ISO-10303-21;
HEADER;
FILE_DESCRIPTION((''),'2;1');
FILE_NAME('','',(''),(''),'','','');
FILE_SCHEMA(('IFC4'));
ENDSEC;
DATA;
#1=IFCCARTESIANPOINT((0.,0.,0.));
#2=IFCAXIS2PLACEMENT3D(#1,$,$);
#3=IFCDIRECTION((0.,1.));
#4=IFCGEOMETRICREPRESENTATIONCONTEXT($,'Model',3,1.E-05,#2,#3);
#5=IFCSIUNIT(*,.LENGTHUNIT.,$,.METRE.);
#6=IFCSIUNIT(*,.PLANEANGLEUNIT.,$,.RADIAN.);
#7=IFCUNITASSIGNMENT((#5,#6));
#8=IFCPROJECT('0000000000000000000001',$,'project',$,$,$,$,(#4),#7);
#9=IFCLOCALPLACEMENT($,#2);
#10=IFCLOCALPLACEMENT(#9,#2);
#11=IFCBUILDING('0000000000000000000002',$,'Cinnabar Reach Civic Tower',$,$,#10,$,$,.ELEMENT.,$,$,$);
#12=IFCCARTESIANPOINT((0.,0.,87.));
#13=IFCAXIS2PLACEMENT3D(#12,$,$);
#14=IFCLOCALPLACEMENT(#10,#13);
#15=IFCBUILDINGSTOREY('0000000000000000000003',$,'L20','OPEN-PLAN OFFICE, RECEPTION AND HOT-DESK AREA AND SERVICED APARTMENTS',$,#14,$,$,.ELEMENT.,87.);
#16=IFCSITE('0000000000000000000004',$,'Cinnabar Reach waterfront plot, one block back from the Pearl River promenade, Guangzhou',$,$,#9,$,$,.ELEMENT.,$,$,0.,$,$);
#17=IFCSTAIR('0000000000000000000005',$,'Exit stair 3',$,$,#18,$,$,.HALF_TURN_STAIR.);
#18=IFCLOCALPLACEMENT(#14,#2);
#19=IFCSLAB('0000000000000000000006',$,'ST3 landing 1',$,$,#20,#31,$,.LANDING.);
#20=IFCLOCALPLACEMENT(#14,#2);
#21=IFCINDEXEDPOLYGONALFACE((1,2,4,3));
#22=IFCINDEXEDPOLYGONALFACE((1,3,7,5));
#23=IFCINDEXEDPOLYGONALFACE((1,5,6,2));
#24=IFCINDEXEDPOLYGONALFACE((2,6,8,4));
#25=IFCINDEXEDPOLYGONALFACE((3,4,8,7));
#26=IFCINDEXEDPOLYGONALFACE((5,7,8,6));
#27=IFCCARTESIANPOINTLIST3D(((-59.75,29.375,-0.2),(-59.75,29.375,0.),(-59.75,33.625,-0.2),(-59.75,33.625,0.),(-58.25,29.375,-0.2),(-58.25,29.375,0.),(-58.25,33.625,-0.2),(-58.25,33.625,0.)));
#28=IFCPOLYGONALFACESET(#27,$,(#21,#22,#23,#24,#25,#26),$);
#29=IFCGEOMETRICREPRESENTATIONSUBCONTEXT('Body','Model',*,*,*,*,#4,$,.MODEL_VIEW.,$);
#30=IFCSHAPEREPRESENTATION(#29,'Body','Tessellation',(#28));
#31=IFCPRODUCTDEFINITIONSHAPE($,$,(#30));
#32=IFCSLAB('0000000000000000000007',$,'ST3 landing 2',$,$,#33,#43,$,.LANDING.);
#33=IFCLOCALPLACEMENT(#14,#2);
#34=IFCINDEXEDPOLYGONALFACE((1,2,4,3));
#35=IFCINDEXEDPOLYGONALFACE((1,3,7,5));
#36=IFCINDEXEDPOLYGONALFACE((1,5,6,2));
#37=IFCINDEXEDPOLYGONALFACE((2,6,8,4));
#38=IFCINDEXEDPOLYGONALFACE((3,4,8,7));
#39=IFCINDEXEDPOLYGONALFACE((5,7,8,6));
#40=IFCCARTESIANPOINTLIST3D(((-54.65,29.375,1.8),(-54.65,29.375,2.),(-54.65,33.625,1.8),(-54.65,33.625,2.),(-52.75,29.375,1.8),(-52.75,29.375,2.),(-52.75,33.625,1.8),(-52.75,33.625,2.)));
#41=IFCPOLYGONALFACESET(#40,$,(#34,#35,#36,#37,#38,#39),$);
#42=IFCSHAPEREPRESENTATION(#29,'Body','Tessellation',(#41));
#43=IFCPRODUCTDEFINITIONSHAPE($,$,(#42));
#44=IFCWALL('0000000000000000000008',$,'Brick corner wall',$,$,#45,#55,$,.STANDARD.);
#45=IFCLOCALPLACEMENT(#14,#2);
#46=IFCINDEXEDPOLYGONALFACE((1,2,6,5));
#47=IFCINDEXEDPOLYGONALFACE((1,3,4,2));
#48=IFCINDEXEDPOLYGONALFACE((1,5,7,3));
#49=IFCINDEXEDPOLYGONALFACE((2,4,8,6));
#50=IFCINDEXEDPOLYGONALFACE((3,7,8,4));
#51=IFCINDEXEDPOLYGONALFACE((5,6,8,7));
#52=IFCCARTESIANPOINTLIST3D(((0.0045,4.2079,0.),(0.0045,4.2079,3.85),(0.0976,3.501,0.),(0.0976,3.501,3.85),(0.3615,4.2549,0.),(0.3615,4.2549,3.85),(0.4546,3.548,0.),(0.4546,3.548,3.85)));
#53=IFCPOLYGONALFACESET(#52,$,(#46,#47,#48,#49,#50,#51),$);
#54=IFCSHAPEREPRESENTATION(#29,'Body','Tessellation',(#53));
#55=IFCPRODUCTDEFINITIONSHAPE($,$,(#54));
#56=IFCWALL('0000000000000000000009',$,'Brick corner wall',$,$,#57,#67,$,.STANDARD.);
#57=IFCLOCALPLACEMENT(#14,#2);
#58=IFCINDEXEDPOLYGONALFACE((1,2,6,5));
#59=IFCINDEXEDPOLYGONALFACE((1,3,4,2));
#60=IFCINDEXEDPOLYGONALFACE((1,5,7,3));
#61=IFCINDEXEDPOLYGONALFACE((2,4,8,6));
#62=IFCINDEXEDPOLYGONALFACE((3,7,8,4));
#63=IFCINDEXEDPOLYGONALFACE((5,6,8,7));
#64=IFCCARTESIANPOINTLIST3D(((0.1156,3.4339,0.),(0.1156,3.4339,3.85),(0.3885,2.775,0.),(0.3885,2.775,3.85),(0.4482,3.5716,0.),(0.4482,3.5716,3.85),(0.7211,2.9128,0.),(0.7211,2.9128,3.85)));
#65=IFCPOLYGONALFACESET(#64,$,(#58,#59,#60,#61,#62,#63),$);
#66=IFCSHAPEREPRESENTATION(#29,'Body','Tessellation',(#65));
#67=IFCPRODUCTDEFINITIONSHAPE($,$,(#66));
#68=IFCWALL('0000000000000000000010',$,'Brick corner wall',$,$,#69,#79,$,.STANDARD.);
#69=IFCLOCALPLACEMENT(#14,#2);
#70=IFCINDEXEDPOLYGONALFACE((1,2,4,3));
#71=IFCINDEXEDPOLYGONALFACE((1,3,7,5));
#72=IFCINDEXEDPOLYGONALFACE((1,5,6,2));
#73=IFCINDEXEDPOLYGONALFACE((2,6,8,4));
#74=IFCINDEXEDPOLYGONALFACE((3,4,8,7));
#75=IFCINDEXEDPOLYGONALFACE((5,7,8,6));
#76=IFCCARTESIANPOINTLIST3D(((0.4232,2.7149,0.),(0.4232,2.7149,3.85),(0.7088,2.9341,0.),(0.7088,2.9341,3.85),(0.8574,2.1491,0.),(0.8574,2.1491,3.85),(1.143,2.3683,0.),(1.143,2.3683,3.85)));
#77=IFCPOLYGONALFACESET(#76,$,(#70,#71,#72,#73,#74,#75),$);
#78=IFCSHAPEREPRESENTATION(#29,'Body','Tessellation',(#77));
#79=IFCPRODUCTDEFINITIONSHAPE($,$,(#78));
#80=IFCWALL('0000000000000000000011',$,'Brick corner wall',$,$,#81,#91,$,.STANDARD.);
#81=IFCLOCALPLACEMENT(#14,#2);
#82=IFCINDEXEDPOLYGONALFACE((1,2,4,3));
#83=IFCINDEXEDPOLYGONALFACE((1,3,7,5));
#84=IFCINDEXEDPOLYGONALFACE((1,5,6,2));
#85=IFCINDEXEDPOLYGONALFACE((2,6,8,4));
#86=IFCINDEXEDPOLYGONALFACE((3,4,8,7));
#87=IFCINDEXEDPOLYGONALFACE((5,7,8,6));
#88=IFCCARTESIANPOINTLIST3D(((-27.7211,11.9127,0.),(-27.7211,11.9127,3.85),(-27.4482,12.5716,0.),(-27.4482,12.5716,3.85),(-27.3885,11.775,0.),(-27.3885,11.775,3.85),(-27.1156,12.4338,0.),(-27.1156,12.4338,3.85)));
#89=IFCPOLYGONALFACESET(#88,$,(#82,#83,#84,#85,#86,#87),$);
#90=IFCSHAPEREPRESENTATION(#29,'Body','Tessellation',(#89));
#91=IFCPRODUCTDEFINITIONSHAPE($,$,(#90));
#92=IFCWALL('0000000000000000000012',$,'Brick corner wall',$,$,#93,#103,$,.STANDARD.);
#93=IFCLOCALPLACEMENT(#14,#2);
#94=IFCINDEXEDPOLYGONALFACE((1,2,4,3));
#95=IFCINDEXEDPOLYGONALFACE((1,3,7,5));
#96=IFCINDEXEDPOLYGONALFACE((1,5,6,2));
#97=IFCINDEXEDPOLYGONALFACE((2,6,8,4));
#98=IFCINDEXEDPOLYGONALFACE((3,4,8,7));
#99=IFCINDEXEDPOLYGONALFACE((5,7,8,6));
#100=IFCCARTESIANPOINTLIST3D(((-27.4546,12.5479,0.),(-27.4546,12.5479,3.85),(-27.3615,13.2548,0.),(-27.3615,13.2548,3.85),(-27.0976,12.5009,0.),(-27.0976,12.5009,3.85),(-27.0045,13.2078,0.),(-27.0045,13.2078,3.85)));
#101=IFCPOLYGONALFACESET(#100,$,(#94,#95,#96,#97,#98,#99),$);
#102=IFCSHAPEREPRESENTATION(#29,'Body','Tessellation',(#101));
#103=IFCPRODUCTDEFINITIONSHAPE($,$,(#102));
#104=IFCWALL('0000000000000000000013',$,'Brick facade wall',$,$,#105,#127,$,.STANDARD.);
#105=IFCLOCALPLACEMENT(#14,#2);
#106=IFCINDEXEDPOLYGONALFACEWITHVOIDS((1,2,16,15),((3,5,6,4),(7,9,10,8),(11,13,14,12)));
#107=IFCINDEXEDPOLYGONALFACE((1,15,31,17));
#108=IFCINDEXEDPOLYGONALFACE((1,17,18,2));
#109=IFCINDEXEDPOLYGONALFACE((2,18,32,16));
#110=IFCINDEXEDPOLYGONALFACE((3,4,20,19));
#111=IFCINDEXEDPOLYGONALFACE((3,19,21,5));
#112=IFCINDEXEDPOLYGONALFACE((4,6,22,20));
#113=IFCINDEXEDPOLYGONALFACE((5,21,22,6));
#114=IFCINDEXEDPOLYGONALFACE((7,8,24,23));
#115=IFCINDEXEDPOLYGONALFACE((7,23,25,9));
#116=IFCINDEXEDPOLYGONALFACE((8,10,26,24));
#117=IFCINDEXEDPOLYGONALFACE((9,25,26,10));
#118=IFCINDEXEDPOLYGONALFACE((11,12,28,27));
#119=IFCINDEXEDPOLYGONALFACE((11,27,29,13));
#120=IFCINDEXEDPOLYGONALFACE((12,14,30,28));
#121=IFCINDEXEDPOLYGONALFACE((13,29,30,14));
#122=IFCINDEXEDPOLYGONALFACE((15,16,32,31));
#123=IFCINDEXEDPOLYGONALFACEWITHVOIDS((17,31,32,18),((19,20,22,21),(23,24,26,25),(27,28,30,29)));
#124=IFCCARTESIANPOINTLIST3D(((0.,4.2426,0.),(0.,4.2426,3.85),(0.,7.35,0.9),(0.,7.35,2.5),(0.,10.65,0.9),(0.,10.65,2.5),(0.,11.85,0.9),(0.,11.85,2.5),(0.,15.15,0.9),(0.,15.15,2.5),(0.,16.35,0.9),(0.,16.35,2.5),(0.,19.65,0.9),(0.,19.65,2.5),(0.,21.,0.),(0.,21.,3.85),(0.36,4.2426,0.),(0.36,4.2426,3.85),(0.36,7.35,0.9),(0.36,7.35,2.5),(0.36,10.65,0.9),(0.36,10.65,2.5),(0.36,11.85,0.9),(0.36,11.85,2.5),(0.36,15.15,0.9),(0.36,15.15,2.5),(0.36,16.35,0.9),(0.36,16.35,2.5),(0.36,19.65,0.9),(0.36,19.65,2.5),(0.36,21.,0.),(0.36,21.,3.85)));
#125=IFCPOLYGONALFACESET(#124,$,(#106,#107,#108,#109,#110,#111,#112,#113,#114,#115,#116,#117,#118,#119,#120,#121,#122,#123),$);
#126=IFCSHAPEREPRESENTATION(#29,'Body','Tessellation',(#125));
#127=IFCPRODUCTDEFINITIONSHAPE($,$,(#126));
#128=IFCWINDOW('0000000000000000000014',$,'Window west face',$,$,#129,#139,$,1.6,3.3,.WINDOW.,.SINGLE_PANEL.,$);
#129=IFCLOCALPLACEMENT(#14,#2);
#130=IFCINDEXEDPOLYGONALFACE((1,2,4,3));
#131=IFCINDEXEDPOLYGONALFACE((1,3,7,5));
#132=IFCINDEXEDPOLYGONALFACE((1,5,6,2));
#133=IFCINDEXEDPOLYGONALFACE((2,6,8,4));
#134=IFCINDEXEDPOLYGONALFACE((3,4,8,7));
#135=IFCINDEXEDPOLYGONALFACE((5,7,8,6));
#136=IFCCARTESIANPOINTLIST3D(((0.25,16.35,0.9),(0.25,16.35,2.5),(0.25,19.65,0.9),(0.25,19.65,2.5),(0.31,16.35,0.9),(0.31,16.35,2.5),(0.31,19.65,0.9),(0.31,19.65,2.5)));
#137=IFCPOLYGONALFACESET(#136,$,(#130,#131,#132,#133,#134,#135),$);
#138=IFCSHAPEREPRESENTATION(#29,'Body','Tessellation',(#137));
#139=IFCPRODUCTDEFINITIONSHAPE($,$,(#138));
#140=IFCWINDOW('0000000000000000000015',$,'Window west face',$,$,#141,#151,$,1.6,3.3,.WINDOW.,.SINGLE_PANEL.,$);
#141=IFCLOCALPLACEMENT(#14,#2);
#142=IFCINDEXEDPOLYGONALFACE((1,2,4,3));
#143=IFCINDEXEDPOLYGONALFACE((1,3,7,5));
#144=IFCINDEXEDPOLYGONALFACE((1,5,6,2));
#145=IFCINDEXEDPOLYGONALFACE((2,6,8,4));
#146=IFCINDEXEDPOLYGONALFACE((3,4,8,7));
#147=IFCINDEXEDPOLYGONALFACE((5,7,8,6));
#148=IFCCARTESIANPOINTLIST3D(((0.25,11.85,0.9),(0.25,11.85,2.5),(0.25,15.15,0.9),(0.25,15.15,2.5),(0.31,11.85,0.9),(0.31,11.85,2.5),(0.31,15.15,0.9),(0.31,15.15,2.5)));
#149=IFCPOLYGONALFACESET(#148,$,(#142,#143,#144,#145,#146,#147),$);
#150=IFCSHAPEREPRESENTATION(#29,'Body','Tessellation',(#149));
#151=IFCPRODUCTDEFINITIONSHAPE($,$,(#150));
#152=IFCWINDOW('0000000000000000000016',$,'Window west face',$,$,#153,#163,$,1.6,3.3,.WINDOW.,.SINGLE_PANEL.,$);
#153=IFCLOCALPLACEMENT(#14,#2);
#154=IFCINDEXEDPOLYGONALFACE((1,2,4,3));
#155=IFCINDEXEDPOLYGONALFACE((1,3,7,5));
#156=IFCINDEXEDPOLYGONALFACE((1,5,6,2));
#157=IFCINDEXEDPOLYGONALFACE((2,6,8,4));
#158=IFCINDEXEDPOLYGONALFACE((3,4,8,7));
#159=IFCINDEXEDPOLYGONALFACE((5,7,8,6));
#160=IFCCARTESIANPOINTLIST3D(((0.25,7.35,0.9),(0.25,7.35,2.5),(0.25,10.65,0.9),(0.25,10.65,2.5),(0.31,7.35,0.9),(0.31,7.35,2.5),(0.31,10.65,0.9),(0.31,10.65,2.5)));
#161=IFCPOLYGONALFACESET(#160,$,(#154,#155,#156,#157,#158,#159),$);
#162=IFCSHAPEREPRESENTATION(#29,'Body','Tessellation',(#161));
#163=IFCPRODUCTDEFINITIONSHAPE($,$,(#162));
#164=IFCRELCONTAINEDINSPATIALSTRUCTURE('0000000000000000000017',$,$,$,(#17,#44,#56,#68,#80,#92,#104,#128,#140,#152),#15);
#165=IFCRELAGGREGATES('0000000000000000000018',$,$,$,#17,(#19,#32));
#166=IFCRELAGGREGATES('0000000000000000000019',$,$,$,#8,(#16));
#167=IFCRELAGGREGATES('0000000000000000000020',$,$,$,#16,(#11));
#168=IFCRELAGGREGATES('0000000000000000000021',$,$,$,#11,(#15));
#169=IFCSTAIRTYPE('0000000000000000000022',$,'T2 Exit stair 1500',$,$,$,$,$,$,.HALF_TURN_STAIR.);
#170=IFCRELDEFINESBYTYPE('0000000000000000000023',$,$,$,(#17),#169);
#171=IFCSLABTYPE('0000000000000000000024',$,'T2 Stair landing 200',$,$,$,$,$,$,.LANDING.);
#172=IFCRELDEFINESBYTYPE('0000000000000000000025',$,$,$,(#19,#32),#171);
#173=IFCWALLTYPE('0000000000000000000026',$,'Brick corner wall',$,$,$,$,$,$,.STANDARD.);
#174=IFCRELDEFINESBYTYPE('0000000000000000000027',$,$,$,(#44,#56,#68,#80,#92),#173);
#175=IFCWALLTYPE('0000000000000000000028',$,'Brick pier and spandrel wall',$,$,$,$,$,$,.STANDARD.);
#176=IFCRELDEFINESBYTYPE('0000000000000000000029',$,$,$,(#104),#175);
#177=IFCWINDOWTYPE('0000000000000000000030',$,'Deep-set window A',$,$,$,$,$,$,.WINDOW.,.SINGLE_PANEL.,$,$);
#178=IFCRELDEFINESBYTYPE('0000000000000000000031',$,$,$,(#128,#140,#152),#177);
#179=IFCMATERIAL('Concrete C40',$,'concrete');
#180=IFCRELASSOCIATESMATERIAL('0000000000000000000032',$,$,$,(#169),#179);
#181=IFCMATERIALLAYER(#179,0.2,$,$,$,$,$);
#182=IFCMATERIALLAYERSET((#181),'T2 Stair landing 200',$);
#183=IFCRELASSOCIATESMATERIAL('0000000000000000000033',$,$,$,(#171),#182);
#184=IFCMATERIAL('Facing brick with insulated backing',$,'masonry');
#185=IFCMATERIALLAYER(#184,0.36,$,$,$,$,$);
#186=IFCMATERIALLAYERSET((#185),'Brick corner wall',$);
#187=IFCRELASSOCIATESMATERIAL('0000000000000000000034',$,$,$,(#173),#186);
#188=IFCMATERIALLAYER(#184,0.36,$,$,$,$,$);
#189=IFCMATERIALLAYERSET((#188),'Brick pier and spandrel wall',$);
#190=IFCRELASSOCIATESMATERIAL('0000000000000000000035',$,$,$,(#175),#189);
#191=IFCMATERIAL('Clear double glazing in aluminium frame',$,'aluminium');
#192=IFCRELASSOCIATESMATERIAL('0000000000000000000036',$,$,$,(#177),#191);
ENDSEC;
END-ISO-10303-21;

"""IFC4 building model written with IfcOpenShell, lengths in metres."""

from ifc_helpers import new_model, si_unit, direction, frame, frame_2d, origin, place, context, subcontext, project, spatial, polyline, rectangle, outline, extrude, material, layer, layer_set, type_object, element, fill, aggregate, save


model = new_model("IFC4")

# Units and contexts
model_context = context("Model", 3, precision=1e-05, world=origin(), true_north=direction((0.0, 1.0)))
body_context = subcontext(model_context, "Body", "Model", "MODEL_VIEW")
ifc_project = project(units=[si_unit("LENGTHUNIT", "METRE"), si_unit("PLANEANGLEUNIT", "RADIAN")], contexts=[model_context])

# Site, building, storey
site_placement = place(None, origin())
site = spatial("IfcSite", under=ifc_project, at=site_placement, Name="Cinnabar Reach waterfront plot, one block back from the Pearl River promenade, Guangzhou", CompositionType="ELEMENT", RefElevation=0.0)
building_placement = place(site_placement, origin())
building = spatial("IfcBuilding", under=site, at=building_placement, Name="Cinnabar Reach Civic Tower", CompositionType="ELEMENT")
storey_placement = place(building_placement, frame((0.0, 0.0, 87.0)))
storey = spatial("IfcBuildingStorey", under=building, at=storey_placement, Name="L20", Description="OPEN-PLAN OFFICE, RECEPTION AND HOT-DESK AREA AND SERVICED APARTMENTS", CompositionType="ELEMENT", Elevation=87.0)

# Shared definitions
ifc_material_1 = material(Name="Concrete C40", Category="concrete")

# Stair, slabs
stair_type_1 = type_object("IfcStairType", Name="T2 Exit stair 1500", PredefinedType="HALF_TURN_STAIR", material=ifc_material_1)
ifc_layer_1 = layer(ifc_material_1, 0.2)
ifc_layer_set_1 = layer_set([ifc_layer_1], Name="T2 Stair landing 200")
slab_type_1 = type_object("IfcSlabType", Name="T2 Stair landing 200", PredefinedType="LANDING", material=ifc_layer_set_1)
stair_1_placement = place(storey_placement, origin())
stair_1 = element("IfcStair", 1, at=stair_1_placement, inside=storey, type_object=stair_type_1, Name="Exit stair 3", PredefinedType="HALF_TURN_STAIR")
slab_1_placement = place(storey_placement, frame((0.0, 0.0, -0.2)))
slab_1 = element("IfcSlab", 2, at=slab_1_placement, type_object=slab_type_1, Name="ST3 landing 1", PredefinedType="LANDING", context=body_context, shape_type="SweptSolid", body=[
    extrude(outline(polyline([(-59.75, 29.375), (-59.75, 33.625), (-58.25, 33.625), (-58.25, 29.375), (-59.75, 29.375)])), origin(), (0.0, 0.0, 1.0), 0.2),
])
slab_2_placement = place(storey_placement, frame((0.0, 0.0, 1.8)))
slab_2 = element("IfcSlab", 3, at=slab_2_placement, type_object=slab_type_1, Name="ST3 landing 2", PredefinedType="LANDING", context=body_context, shape_type="SweptSolid", body=[
    extrude(outline(polyline([(-54.65, 29.375), (-54.65, 33.625), (-52.75, 33.625), (-52.75, 29.375), (-54.65, 29.375)])), origin(), (0.0, 0.0, 1.0), 0.2),
])
aggregate(stair_1, [slab_1, slab_2])

# Walls
ifc_material_2 = material(Name="Facing brick with insulated backing", Category="masonry")
ifc_layer_2 = layer(ifc_material_2, 0.36)
ifc_layer_set_2 = layer_set([ifc_layer_2], Name="Brick corner wall")
wall_type_1 = type_object("IfcWallType", Name="Brick corner wall", PredefinedType="STANDARD", material=ifc_layer_set_2)
for number, where, z_axis, x_axis, name in (
    (4, (0.183, 4.2314, 0.0), (0.0, 0.0, 1.0), (0.130556, -0.991441, 0.0), "Brick corner wall"),
    (5, (0.2819, 3.5027, 0.0), (0.0, 0.0, 1.0), (0.382703, -0.923872, 0.0), "Brick corner wall"),
):
    element("IfcWall", number, at=place(storey_placement, frame(where, z_axis=z_axis, x_axis=x_axis)), inside=storey, type_object=wall_type_1, Name=name, PredefinedType="STANDARD", context=body_context, shape_type="SweptSolid", body=[
        extrude(rectangle(XDim=0.7131, YDim=0.36, at=frame_2d((0.3565, 0.0))), origin(), (0.0, 0.0, 1.0), 3.85),
    ])
wall_1_placement = place(storey_placement, frame((0.566, 2.8245, 0.0), z_axis=(0.0, 0.0, 1.0), x_axis=(0.608802, -0.793322, 0.0)))
element("IfcWall", 6, at=wall_1_placement, inside=storey, type_object=wall_type_1, Name="Brick corner wall", PredefinedType="STANDARD", context=body_context, shape_type="SweptSolid", body=[
    extrude(rectangle(XDim=0.7132, YDim=0.36, at=frame_2d((0.3566, 0.0))), origin(), (0.0, 0.0, 1.0), 3.85),
])
for number, where, z_axis, x_axis, name in (
    (7, (-27.5548, 11.8439, 0.0), (0.0, 0.0, 1.0), (0.382703, 0.923872, 0.0), "Brick corner wall"),
    (8, (-27.2761, 12.5244, 0.0), (0.0, 0.0, 1.0), (0.130556, 0.991441, 0.0), "Brick corner wall"),
):
    element("IfcWall", number, at=place(storey_placement, frame(where, z_axis=z_axis, x_axis=x_axis)), inside=storey, type_object=wall_type_1, Name=name, PredefinedType="STANDARD", context=body_context, shape_type="SweptSolid", body=[
        extrude(rectangle(XDim=0.7131, YDim=0.36, at=frame_2d((0.3565, 0.0))), origin(), (0.0, 0.0, 1.0), 3.85),
    ])

# Wall, openings, windows
ifc_layer_3 = layer(ifc_material_2, 0.36)
ifc_layer_set_3 = layer_set([ifc_layer_3], Name="Brick pier and spandrel wall")
wall_type_2 = type_object("IfcWallType", Name="Brick pier and spandrel wall", PredefinedType="STANDARD", material=ifc_layer_set_3)
wall_2_placement = place(storey_placement, frame((0.18, 21.0, 0.0), z_axis=(0.0, 0.0, 1.0), x_axis=(0.0, -1.0, 0.0)))
wall_2 = element("IfcWall", 9, at=wall_2_placement, inside=storey, type_object=wall_type_2, Name="Brick facade wall", PredefinedType="STANDARD", context=body_context, shape_type="SweptSolid", body=[
    extrude(rectangle(XDim=16.7574, YDim=0.36, at=frame_2d((8.3787, 0.0))), origin(), (0.0, 0.0, 1.0), 3.85),
])
opening_1_placement = place(wall_2_placement, frame((1.35, 0.0, 0.9)))
opening_1 = element("IfcOpeningElement", 10, at=opening_1_placement, cuts=wall_2, PredefinedType="OPENING", context=body_context, shape_type="SweptSolid", body=[
    extrude(rectangle(XDim=3.3, YDim=1.6, at=frame_2d((1.65, 0.8))), frame((0.0, 0.19, 0.0), z_axis=(0.0, -1.0, 0.0), x_axis=(1.0, 0.0, 0.0)), (0.0, 0.0, 1.0), 0.38),
])
opening_2_placement = place(wall_2_placement, frame((5.85, 0.0, 0.9)))
opening_2 = element("IfcOpeningElement", 11, at=opening_2_placement, cuts=wall_2, PredefinedType="OPENING", context=body_context, shape_type="SweptSolid", body=[
    extrude(rectangle(XDim=3.3, YDim=1.6, at=frame_2d((1.65, 0.8))), frame((0.0, 0.19, 0.0), z_axis=(0.0, -1.0, 0.0), x_axis=(1.0, 0.0, 0.0)), (0.0, 0.0, 1.0), 0.38),
])
opening_3_placement = place(wall_2_placement, frame((10.35, 0.0, 0.9)))
opening_3 = element("IfcOpeningElement", 12, at=opening_3_placement, cuts=wall_2, PredefinedType="OPENING", context=body_context, shape_type="SweptSolid", body=[
    extrude(rectangle(XDim=3.3, YDim=1.6, at=frame_2d((1.65, 0.8))), frame((0.0, 0.19, 0.0), z_axis=(0.0, -1.0, 0.0), x_axis=(1.0, 0.0, 0.0)), (0.0, 0.0, 1.0), 0.38),
])
ifc_material_3 = material(Name="Clear double glazing in aluminium frame", Category="aluminium")
window_type = type_object("IfcWindowType", Name="Deep-set window A", PartitioningType="SINGLE_PANEL", PredefinedType="WINDOW", material=ifc_material_3)
window_1_placement = place(opening_1_placement, origin())
window_1 = element("IfcWindow", 13, at=window_1_placement, inside=storey, type_object=window_type, Name="Window west face", OverallHeight=1.6, OverallWidth=3.3, PartitioningType="SINGLE_PANEL", PredefinedType="WINDOW", context=body_context, shape_type="SweptSolid", body=[
    extrude(rectangle(XDim=3.3, YDim=1.6, at=frame_2d((1.65, 0.8))), frame((0.0, 0.13, 0.0), z_axis=(0.0, -1.0, 0.0), x_axis=(1.0, 0.0, 0.0)), (0.0, 0.0, 1.0), 0.06),
])
fill(opening_1, window_1)
window_2_placement = place(opening_2_placement, origin())
window_2 = element("IfcWindow", 14, at=window_2_placement, inside=storey, type_object=window_type, Name="Window west face", OverallHeight=1.6, OverallWidth=3.3, PartitioningType="SINGLE_PANEL", PredefinedType="WINDOW", context=body_context, shape_type="SweptSolid", body=[
    extrude(rectangle(XDim=3.3, YDim=1.6, at=frame_2d((1.65, 0.8))), frame((0.0, 0.13, 0.0), z_axis=(0.0, -1.0, 0.0), x_axis=(1.0, 0.0, 0.0)), (0.0, 0.0, 1.0), 0.06),
])
fill(opening_2, window_2)
window_3_placement = place(opening_3_placement, origin())
window_3 = element("IfcWindow", 15, at=window_3_placement, inside=storey, type_object=window_type, Name="Window west face", OverallHeight=1.6, OverallWidth=3.3, PartitioningType="SINGLE_PANEL", PredefinedType="WINDOW", context=body_context, shape_type="SweptSolid", body=[
    extrude(rectangle(XDim=3.3, YDim=1.6, at=frame_2d((1.65, 0.8))), frame((0.0, 0.13, 0.0), z_axis=(0.0, -1.0, 0.0), x_axis=(1.0, 0.0, 0.0)), (0.0, 0.0, 1.0), 0.06),
])
fill(opening_3, window_3)

save(model, "model.ifc")
